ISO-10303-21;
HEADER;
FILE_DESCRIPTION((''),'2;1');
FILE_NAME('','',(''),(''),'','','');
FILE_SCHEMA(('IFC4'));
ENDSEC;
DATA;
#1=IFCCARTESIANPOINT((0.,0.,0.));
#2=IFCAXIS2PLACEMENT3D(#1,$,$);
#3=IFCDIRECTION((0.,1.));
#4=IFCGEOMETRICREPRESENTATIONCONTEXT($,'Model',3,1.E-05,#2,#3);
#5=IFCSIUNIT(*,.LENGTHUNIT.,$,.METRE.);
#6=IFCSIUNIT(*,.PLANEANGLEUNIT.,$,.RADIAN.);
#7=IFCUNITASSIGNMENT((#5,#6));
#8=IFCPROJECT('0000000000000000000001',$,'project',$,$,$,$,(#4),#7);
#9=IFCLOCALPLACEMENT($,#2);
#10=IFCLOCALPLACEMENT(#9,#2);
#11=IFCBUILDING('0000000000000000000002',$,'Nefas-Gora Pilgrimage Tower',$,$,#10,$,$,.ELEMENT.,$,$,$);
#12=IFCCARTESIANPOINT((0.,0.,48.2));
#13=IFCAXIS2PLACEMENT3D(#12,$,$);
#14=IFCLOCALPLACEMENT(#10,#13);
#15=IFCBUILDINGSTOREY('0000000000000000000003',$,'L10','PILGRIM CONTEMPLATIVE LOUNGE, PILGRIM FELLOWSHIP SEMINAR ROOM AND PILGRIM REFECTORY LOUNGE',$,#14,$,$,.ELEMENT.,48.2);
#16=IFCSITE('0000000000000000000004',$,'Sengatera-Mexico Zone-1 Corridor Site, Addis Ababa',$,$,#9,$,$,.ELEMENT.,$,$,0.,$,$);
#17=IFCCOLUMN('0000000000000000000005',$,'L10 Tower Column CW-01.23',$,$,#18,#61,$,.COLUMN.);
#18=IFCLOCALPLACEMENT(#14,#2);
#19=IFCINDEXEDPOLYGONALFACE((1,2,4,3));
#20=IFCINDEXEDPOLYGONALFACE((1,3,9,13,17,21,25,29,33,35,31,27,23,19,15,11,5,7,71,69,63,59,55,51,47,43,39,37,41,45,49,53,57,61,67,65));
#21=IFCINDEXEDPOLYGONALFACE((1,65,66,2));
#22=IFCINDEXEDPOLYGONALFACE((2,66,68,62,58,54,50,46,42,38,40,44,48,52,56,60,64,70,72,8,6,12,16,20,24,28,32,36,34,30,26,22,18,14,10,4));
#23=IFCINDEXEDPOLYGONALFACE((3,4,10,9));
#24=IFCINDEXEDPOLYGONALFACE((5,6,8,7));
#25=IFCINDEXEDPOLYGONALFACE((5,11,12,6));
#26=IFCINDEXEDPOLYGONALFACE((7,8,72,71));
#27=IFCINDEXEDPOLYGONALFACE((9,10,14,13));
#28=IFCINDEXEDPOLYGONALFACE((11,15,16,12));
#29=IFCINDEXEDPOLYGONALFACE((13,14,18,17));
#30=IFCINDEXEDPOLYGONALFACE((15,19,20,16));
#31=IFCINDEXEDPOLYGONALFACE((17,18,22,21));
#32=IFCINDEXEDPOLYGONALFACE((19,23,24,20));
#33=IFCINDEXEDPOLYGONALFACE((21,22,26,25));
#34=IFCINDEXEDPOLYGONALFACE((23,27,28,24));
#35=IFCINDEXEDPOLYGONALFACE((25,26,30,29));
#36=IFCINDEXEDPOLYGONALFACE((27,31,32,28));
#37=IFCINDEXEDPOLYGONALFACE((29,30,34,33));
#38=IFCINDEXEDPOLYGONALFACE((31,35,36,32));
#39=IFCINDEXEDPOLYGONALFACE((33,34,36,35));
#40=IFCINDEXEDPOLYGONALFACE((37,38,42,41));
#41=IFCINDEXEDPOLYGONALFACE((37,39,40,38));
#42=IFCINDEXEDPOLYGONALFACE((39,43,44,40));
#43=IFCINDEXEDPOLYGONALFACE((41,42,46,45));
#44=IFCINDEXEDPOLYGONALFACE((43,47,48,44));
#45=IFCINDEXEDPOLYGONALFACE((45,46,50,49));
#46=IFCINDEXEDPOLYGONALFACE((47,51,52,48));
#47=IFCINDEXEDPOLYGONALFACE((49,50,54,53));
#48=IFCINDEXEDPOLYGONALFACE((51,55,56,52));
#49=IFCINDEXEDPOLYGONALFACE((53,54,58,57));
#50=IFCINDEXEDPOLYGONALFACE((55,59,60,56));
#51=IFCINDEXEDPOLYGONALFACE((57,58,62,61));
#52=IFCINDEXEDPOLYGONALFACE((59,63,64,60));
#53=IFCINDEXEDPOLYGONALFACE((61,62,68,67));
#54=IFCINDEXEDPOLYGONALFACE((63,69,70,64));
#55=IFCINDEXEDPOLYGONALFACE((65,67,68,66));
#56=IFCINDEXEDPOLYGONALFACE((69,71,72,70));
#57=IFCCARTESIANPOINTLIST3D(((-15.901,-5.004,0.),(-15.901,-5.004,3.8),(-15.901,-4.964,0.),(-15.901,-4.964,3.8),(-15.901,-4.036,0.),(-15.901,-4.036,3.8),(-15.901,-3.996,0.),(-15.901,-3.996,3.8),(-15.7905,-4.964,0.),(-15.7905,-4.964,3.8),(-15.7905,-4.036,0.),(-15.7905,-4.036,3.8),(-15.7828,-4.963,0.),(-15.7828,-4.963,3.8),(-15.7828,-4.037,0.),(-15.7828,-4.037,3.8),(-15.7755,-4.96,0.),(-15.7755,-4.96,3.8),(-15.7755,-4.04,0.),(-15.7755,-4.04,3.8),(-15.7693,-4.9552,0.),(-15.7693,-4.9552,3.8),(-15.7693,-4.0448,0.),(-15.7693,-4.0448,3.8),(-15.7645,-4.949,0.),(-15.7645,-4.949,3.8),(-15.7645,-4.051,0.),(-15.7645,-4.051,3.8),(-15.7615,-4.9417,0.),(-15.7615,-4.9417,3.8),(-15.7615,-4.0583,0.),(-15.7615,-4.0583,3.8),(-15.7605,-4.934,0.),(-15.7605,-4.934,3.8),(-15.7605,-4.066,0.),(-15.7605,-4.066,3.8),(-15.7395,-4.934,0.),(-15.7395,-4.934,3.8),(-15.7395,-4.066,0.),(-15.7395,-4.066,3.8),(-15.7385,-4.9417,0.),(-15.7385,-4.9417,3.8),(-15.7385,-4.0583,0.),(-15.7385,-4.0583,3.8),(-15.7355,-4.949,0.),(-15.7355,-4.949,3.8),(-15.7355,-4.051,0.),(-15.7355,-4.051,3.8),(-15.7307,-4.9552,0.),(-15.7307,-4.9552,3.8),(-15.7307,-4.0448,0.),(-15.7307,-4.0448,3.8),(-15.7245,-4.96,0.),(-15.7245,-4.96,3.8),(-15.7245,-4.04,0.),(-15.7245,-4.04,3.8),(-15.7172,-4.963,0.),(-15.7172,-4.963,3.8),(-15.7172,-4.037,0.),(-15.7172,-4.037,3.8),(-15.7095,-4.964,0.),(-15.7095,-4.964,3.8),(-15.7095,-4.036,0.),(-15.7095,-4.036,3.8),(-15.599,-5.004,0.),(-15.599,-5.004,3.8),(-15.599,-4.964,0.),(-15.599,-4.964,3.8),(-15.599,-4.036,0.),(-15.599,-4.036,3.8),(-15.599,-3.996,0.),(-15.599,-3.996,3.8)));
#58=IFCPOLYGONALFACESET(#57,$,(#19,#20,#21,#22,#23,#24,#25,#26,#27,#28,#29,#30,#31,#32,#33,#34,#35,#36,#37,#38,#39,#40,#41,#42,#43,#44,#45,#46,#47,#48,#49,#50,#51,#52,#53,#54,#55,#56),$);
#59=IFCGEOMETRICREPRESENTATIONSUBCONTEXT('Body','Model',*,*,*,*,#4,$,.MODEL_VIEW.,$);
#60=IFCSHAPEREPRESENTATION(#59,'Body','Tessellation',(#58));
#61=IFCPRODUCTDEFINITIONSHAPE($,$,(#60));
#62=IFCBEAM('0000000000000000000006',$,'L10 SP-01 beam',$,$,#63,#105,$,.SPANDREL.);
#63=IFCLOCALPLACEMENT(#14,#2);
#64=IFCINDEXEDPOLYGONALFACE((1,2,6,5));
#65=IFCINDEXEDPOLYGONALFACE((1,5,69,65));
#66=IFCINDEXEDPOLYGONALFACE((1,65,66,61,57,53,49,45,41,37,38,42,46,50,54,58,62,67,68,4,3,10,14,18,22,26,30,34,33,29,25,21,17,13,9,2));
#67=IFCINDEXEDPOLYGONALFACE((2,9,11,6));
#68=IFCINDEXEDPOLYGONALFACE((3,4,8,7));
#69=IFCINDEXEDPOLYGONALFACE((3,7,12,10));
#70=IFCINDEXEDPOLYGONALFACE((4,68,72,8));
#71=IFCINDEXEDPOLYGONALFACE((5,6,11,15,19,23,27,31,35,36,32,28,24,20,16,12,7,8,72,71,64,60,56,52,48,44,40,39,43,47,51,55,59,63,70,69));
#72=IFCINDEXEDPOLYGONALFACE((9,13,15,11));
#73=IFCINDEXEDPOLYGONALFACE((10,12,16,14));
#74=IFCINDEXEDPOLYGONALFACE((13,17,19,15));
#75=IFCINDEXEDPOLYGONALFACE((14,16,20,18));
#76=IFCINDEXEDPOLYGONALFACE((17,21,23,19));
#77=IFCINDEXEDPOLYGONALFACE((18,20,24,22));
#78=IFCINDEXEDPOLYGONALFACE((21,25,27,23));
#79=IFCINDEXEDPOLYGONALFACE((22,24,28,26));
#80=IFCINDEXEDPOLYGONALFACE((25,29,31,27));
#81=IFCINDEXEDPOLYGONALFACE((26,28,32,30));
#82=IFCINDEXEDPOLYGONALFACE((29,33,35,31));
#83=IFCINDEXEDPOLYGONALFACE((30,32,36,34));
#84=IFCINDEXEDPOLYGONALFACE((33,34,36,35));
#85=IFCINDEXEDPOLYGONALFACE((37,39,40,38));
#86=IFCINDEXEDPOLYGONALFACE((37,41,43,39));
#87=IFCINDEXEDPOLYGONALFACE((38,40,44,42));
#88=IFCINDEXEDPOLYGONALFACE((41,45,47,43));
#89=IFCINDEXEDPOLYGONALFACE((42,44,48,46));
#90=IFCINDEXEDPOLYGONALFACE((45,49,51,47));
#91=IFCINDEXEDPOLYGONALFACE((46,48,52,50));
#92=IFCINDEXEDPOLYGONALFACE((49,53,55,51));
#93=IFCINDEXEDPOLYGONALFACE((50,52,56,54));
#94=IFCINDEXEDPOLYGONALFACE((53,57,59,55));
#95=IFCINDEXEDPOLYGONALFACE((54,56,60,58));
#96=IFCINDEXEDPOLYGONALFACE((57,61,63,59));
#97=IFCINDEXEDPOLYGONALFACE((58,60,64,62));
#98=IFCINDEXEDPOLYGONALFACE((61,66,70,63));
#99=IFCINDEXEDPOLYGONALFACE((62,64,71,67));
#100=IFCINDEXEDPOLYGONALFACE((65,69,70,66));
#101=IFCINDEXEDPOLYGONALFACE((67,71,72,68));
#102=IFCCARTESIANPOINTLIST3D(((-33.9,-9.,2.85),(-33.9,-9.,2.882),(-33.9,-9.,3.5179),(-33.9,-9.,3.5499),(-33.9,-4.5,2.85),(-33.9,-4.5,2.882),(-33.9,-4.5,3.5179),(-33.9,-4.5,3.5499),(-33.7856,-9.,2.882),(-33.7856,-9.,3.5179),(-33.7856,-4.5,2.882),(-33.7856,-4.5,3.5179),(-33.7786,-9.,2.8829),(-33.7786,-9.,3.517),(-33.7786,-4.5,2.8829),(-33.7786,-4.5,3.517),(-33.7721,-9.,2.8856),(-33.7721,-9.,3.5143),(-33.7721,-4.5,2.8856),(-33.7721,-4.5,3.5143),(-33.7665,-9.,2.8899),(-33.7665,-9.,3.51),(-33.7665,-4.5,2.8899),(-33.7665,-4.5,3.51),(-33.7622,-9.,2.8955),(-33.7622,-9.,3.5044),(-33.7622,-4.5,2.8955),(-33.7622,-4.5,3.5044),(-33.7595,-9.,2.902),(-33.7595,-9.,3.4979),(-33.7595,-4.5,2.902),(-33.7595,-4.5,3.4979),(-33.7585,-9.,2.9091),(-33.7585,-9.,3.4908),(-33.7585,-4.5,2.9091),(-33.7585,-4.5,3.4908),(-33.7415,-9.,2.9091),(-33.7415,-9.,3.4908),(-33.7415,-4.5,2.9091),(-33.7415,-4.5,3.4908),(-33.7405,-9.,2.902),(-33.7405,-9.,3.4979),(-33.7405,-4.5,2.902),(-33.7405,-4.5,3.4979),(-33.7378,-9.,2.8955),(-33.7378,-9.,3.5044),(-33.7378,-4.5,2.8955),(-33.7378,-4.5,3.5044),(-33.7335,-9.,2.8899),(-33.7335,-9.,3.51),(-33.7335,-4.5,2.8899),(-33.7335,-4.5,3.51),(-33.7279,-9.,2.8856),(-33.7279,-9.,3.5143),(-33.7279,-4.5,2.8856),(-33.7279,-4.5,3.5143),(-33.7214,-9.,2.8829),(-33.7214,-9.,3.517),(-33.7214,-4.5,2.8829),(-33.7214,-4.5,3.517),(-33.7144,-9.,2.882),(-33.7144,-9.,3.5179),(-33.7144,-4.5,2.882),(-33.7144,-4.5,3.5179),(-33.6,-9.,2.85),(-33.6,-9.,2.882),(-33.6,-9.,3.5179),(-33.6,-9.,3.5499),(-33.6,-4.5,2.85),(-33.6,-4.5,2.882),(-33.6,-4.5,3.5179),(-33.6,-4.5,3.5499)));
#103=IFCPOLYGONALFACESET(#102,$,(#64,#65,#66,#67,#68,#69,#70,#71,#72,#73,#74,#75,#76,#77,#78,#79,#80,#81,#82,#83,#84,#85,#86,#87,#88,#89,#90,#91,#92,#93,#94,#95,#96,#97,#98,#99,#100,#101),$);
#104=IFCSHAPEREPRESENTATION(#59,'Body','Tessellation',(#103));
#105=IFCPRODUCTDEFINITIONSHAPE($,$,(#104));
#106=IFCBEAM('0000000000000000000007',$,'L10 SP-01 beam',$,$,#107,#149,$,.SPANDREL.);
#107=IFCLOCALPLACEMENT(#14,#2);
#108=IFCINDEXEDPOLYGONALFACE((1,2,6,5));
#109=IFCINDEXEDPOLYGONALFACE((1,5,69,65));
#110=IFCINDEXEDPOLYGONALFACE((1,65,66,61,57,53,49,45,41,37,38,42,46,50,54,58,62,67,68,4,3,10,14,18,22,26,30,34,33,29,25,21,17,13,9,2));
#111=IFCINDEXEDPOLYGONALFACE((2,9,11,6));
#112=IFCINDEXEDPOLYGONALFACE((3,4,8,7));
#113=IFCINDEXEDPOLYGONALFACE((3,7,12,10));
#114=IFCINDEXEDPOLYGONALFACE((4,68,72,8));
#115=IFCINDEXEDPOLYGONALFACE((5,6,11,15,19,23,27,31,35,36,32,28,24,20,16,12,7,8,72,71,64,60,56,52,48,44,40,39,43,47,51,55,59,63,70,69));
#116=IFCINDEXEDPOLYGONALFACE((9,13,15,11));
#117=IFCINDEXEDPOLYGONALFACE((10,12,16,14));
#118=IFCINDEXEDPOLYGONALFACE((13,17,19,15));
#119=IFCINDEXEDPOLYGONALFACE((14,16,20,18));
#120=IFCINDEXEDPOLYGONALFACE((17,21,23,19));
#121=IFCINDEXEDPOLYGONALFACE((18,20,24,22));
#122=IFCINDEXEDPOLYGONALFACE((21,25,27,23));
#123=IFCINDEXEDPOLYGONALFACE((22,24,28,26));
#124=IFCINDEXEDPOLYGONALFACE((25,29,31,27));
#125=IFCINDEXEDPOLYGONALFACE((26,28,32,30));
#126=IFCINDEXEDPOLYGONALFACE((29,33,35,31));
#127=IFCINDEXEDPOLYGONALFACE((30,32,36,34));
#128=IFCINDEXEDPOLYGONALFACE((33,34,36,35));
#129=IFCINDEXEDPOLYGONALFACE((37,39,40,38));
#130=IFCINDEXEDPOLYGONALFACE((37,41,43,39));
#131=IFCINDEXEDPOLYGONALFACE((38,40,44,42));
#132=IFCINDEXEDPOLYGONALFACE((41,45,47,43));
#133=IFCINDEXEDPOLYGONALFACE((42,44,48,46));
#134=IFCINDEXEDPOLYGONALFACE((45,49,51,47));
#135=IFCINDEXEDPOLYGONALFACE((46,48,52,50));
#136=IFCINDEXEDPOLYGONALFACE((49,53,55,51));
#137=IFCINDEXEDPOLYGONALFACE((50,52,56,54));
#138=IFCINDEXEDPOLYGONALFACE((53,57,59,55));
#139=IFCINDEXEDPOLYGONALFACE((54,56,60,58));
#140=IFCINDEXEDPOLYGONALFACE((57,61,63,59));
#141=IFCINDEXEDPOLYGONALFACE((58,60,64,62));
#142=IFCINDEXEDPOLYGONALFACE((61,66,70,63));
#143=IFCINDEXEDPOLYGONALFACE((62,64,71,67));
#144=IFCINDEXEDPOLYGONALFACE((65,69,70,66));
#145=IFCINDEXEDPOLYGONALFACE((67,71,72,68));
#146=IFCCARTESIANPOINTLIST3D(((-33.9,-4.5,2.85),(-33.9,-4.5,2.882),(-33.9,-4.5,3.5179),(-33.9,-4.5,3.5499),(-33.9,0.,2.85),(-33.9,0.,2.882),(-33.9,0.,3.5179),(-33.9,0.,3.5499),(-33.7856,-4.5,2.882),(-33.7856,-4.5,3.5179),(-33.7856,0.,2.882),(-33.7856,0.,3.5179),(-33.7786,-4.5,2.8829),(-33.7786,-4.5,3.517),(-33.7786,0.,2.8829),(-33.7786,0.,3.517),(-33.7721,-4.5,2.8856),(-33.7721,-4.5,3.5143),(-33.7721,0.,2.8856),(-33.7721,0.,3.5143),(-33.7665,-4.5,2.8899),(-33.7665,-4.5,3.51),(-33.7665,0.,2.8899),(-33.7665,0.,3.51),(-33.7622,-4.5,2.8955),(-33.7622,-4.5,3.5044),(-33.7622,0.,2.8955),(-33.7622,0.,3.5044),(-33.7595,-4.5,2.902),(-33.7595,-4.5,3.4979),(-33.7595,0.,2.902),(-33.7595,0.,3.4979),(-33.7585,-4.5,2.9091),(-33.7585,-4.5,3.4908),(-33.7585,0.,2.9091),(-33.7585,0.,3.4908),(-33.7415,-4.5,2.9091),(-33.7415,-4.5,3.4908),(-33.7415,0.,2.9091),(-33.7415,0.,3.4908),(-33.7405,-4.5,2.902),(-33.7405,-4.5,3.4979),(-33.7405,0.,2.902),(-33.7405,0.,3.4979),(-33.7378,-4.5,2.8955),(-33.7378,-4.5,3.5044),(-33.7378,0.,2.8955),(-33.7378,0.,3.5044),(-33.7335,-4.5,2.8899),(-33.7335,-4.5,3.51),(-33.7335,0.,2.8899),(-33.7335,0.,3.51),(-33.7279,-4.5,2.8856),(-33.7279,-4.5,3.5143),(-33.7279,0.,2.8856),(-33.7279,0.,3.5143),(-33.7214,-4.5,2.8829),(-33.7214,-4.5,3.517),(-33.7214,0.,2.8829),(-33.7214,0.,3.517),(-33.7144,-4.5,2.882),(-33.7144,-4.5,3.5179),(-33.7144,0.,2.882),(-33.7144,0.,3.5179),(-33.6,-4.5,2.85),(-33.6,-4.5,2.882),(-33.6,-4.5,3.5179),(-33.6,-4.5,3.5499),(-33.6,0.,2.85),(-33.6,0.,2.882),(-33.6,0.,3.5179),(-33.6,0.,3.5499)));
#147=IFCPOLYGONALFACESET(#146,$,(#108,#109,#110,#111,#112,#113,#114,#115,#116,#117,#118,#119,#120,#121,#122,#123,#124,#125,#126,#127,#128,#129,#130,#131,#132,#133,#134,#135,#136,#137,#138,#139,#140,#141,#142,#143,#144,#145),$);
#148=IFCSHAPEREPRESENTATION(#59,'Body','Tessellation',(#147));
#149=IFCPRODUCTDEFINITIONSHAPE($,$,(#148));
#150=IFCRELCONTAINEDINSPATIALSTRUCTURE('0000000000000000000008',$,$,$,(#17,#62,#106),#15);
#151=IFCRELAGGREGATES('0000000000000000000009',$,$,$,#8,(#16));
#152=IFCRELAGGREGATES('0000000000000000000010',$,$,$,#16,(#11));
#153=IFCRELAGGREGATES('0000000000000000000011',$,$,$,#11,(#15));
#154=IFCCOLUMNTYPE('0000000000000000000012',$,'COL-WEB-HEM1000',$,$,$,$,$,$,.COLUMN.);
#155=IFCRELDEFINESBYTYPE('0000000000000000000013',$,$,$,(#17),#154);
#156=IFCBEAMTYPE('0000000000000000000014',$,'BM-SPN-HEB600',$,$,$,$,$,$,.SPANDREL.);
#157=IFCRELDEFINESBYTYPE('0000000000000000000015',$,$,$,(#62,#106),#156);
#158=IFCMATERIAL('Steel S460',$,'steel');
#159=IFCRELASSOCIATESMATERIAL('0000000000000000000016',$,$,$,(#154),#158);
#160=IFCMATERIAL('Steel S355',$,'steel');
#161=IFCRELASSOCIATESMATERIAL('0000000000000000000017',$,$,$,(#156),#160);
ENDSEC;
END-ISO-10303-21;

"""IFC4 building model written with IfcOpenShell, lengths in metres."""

from ifc_helpers import new_model, si_unit, direction, frame, origin, origin_2d, place, context, subcontext, project, spatial, i_section, extrude, source, transform, mapped, material, material_profile, profile_set, type_object, element, save


model = new_model("IFC4")

# Units and contexts
model_context = context("Model", 3, precision=1e-05, world=origin(), true_north=direction((0.0, 1.0)))
body_context = subcontext(model_context, "Body", "Model", "MODEL_VIEW")
ifc_project = project(units=[si_unit("LENGTHUNIT", "METRE"), si_unit("PLANEANGLEUNIT", "RADIAN")], contexts=[model_context])

# Site, building, storey
site_placement = place(None, origin())
site = spatial("IfcSite", under=ifc_project, at=site_placement, Name="Sengatera-Mexico Zone-1 Corridor Site, Addis Ababa", CompositionType="ELEMENT", RefElevation=0.0)
building_placement = place(site_placement, origin())
building = spatial("IfcBuilding", under=site, at=building_placement, Name="Nefas-Gora Pilgrimage Tower", CompositionType="ELEMENT")
storey_placement = place(building_placement, frame((0.0, 0.0, 48.2)))
storey = spatial("IfcBuildingStorey", under=building, at=storey_placement, Name="L10", Description="PILGRIM CONTEMPLATIVE LOUNGE, PILGRIM FELLOWSHIP SEMINAR ROOM AND PILGRIM REFECTORY LOUNGE", CompositionType="ELEMENT", Elevation=48.2)

# Column
ifc_material_1 = material(Name="Steel S460", Category="steel")
ifc_material_profile_1 = material_profile(ifc_material_1, i_section(OverallWidth=0.302, OverallDepth=1.0081, WebThickness=0.021, FlangeThickness=0.04, FilletRadius=0.03, at=origin_2d()), Name="HEM 1000")
ifc_profile_set_1 = profile_set([ifc_material_profile_1], Name="Steel S460")
column_type_1 = type_object("IfcColumnType", Name="COL-WEB-HEM1000", PredefinedType="COLUMN", material=ifc_profile_set_1)
shared_shape_1 = source(origin(), body_context, "Body", "SweptSolid", [
    extrude(i_section(OverallWidth=0.302, OverallDepth=1.0081, WebThickness=0.021, FlangeThickness=0.04, FilletRadius=0.03, at=origin_2d()), origin(), (0.0, 0.0, 1.0), 3.8),
])
for number, where, z_axis, x_axis, name in (
    (1, (-15.75, -4.5, 0.0), (0.0, 0.0, 1.0), (1.0, 0.0, 0.0), "L10 Tower Column CW-01.23"),
):
    element("IfcColumn", number, at=place(storey_placement, frame(where, z_axis=z_axis, x_axis=x_axis)), inside=storey, type_object=column_type_1, Name=name, PredefinedType="COLUMN", context=body_context, shape_type="MappedRepresentation", body=[
        mapped(shared_shape_1, transform((0.0, 0.0, 0.0), x_axis=(1.0, 0.0, 0.0), y_axis=(0.0, 1.0, 0.0), z_axis=(0.0, 0.0, 1.0), scale=1.0)),
    ])

# Beams
ifc_material_2 = material(Name="Steel S355", Category="steel")
ifc_material_profile_2 = material_profile(ifc_material_2, i_section(OverallWidth=0.3, OverallDepth=0.7, WebThickness=0.0171, FlangeThickness=0.032, FilletRadius=0.0271, at=origin_2d()), Name="HEB 700")
ifc_profile_set_2 = profile_set([ifc_material_profile_2], Name="Steel S355")
beam_type_1 = type_object("IfcBeamType", Name="BM-SPN-HEB600", PredefinedType="SPANDREL", material=ifc_profile_set_2)
shared_shape_2 = source(origin(), body_context, "Body", "SweptSolid", [
    extrude(i_section(OverallWidth=0.3, OverallDepth=0.7, WebThickness=0.0171, FlangeThickness=0.032, FilletRadius=0.0271, at=origin_2d()), origin(), (0.0, 0.0, 1.0), 4.5),
])
for number, where, z_axis, x_axis, name in (
    (2, (-33.75, -9.0, 3.2), (0.0, 1.0, 0.0), (-1.0, 0.0, 0.0), "L10 SP-01 beam"),
    (3, (-33.75, -4.5, 3.2), (0.0, 1.0, 0.0), (-1.0, 0.0, 0.0), "L10 SP-01 beam"),
):
    element("IfcBeam", number, at=place(storey_placement, frame(where, z_axis=z_axis, x_axis=x_axis)), inside=storey, type_object=beam_type_1, Name=name, PredefinedType="SPANDREL", context=body_context, shape_type="MappedRepresentation", body=[
        mapped(shared_shape_2, transform((0.0, 0.0, 0.0), x_axis=(1.0, 0.0, 0.0), y_axis=(0.0, 1.0, 0.0), z_axis=(0.0, 0.0, 1.0), scale=1.0)),
    ])

save(model, "model.ifc")
